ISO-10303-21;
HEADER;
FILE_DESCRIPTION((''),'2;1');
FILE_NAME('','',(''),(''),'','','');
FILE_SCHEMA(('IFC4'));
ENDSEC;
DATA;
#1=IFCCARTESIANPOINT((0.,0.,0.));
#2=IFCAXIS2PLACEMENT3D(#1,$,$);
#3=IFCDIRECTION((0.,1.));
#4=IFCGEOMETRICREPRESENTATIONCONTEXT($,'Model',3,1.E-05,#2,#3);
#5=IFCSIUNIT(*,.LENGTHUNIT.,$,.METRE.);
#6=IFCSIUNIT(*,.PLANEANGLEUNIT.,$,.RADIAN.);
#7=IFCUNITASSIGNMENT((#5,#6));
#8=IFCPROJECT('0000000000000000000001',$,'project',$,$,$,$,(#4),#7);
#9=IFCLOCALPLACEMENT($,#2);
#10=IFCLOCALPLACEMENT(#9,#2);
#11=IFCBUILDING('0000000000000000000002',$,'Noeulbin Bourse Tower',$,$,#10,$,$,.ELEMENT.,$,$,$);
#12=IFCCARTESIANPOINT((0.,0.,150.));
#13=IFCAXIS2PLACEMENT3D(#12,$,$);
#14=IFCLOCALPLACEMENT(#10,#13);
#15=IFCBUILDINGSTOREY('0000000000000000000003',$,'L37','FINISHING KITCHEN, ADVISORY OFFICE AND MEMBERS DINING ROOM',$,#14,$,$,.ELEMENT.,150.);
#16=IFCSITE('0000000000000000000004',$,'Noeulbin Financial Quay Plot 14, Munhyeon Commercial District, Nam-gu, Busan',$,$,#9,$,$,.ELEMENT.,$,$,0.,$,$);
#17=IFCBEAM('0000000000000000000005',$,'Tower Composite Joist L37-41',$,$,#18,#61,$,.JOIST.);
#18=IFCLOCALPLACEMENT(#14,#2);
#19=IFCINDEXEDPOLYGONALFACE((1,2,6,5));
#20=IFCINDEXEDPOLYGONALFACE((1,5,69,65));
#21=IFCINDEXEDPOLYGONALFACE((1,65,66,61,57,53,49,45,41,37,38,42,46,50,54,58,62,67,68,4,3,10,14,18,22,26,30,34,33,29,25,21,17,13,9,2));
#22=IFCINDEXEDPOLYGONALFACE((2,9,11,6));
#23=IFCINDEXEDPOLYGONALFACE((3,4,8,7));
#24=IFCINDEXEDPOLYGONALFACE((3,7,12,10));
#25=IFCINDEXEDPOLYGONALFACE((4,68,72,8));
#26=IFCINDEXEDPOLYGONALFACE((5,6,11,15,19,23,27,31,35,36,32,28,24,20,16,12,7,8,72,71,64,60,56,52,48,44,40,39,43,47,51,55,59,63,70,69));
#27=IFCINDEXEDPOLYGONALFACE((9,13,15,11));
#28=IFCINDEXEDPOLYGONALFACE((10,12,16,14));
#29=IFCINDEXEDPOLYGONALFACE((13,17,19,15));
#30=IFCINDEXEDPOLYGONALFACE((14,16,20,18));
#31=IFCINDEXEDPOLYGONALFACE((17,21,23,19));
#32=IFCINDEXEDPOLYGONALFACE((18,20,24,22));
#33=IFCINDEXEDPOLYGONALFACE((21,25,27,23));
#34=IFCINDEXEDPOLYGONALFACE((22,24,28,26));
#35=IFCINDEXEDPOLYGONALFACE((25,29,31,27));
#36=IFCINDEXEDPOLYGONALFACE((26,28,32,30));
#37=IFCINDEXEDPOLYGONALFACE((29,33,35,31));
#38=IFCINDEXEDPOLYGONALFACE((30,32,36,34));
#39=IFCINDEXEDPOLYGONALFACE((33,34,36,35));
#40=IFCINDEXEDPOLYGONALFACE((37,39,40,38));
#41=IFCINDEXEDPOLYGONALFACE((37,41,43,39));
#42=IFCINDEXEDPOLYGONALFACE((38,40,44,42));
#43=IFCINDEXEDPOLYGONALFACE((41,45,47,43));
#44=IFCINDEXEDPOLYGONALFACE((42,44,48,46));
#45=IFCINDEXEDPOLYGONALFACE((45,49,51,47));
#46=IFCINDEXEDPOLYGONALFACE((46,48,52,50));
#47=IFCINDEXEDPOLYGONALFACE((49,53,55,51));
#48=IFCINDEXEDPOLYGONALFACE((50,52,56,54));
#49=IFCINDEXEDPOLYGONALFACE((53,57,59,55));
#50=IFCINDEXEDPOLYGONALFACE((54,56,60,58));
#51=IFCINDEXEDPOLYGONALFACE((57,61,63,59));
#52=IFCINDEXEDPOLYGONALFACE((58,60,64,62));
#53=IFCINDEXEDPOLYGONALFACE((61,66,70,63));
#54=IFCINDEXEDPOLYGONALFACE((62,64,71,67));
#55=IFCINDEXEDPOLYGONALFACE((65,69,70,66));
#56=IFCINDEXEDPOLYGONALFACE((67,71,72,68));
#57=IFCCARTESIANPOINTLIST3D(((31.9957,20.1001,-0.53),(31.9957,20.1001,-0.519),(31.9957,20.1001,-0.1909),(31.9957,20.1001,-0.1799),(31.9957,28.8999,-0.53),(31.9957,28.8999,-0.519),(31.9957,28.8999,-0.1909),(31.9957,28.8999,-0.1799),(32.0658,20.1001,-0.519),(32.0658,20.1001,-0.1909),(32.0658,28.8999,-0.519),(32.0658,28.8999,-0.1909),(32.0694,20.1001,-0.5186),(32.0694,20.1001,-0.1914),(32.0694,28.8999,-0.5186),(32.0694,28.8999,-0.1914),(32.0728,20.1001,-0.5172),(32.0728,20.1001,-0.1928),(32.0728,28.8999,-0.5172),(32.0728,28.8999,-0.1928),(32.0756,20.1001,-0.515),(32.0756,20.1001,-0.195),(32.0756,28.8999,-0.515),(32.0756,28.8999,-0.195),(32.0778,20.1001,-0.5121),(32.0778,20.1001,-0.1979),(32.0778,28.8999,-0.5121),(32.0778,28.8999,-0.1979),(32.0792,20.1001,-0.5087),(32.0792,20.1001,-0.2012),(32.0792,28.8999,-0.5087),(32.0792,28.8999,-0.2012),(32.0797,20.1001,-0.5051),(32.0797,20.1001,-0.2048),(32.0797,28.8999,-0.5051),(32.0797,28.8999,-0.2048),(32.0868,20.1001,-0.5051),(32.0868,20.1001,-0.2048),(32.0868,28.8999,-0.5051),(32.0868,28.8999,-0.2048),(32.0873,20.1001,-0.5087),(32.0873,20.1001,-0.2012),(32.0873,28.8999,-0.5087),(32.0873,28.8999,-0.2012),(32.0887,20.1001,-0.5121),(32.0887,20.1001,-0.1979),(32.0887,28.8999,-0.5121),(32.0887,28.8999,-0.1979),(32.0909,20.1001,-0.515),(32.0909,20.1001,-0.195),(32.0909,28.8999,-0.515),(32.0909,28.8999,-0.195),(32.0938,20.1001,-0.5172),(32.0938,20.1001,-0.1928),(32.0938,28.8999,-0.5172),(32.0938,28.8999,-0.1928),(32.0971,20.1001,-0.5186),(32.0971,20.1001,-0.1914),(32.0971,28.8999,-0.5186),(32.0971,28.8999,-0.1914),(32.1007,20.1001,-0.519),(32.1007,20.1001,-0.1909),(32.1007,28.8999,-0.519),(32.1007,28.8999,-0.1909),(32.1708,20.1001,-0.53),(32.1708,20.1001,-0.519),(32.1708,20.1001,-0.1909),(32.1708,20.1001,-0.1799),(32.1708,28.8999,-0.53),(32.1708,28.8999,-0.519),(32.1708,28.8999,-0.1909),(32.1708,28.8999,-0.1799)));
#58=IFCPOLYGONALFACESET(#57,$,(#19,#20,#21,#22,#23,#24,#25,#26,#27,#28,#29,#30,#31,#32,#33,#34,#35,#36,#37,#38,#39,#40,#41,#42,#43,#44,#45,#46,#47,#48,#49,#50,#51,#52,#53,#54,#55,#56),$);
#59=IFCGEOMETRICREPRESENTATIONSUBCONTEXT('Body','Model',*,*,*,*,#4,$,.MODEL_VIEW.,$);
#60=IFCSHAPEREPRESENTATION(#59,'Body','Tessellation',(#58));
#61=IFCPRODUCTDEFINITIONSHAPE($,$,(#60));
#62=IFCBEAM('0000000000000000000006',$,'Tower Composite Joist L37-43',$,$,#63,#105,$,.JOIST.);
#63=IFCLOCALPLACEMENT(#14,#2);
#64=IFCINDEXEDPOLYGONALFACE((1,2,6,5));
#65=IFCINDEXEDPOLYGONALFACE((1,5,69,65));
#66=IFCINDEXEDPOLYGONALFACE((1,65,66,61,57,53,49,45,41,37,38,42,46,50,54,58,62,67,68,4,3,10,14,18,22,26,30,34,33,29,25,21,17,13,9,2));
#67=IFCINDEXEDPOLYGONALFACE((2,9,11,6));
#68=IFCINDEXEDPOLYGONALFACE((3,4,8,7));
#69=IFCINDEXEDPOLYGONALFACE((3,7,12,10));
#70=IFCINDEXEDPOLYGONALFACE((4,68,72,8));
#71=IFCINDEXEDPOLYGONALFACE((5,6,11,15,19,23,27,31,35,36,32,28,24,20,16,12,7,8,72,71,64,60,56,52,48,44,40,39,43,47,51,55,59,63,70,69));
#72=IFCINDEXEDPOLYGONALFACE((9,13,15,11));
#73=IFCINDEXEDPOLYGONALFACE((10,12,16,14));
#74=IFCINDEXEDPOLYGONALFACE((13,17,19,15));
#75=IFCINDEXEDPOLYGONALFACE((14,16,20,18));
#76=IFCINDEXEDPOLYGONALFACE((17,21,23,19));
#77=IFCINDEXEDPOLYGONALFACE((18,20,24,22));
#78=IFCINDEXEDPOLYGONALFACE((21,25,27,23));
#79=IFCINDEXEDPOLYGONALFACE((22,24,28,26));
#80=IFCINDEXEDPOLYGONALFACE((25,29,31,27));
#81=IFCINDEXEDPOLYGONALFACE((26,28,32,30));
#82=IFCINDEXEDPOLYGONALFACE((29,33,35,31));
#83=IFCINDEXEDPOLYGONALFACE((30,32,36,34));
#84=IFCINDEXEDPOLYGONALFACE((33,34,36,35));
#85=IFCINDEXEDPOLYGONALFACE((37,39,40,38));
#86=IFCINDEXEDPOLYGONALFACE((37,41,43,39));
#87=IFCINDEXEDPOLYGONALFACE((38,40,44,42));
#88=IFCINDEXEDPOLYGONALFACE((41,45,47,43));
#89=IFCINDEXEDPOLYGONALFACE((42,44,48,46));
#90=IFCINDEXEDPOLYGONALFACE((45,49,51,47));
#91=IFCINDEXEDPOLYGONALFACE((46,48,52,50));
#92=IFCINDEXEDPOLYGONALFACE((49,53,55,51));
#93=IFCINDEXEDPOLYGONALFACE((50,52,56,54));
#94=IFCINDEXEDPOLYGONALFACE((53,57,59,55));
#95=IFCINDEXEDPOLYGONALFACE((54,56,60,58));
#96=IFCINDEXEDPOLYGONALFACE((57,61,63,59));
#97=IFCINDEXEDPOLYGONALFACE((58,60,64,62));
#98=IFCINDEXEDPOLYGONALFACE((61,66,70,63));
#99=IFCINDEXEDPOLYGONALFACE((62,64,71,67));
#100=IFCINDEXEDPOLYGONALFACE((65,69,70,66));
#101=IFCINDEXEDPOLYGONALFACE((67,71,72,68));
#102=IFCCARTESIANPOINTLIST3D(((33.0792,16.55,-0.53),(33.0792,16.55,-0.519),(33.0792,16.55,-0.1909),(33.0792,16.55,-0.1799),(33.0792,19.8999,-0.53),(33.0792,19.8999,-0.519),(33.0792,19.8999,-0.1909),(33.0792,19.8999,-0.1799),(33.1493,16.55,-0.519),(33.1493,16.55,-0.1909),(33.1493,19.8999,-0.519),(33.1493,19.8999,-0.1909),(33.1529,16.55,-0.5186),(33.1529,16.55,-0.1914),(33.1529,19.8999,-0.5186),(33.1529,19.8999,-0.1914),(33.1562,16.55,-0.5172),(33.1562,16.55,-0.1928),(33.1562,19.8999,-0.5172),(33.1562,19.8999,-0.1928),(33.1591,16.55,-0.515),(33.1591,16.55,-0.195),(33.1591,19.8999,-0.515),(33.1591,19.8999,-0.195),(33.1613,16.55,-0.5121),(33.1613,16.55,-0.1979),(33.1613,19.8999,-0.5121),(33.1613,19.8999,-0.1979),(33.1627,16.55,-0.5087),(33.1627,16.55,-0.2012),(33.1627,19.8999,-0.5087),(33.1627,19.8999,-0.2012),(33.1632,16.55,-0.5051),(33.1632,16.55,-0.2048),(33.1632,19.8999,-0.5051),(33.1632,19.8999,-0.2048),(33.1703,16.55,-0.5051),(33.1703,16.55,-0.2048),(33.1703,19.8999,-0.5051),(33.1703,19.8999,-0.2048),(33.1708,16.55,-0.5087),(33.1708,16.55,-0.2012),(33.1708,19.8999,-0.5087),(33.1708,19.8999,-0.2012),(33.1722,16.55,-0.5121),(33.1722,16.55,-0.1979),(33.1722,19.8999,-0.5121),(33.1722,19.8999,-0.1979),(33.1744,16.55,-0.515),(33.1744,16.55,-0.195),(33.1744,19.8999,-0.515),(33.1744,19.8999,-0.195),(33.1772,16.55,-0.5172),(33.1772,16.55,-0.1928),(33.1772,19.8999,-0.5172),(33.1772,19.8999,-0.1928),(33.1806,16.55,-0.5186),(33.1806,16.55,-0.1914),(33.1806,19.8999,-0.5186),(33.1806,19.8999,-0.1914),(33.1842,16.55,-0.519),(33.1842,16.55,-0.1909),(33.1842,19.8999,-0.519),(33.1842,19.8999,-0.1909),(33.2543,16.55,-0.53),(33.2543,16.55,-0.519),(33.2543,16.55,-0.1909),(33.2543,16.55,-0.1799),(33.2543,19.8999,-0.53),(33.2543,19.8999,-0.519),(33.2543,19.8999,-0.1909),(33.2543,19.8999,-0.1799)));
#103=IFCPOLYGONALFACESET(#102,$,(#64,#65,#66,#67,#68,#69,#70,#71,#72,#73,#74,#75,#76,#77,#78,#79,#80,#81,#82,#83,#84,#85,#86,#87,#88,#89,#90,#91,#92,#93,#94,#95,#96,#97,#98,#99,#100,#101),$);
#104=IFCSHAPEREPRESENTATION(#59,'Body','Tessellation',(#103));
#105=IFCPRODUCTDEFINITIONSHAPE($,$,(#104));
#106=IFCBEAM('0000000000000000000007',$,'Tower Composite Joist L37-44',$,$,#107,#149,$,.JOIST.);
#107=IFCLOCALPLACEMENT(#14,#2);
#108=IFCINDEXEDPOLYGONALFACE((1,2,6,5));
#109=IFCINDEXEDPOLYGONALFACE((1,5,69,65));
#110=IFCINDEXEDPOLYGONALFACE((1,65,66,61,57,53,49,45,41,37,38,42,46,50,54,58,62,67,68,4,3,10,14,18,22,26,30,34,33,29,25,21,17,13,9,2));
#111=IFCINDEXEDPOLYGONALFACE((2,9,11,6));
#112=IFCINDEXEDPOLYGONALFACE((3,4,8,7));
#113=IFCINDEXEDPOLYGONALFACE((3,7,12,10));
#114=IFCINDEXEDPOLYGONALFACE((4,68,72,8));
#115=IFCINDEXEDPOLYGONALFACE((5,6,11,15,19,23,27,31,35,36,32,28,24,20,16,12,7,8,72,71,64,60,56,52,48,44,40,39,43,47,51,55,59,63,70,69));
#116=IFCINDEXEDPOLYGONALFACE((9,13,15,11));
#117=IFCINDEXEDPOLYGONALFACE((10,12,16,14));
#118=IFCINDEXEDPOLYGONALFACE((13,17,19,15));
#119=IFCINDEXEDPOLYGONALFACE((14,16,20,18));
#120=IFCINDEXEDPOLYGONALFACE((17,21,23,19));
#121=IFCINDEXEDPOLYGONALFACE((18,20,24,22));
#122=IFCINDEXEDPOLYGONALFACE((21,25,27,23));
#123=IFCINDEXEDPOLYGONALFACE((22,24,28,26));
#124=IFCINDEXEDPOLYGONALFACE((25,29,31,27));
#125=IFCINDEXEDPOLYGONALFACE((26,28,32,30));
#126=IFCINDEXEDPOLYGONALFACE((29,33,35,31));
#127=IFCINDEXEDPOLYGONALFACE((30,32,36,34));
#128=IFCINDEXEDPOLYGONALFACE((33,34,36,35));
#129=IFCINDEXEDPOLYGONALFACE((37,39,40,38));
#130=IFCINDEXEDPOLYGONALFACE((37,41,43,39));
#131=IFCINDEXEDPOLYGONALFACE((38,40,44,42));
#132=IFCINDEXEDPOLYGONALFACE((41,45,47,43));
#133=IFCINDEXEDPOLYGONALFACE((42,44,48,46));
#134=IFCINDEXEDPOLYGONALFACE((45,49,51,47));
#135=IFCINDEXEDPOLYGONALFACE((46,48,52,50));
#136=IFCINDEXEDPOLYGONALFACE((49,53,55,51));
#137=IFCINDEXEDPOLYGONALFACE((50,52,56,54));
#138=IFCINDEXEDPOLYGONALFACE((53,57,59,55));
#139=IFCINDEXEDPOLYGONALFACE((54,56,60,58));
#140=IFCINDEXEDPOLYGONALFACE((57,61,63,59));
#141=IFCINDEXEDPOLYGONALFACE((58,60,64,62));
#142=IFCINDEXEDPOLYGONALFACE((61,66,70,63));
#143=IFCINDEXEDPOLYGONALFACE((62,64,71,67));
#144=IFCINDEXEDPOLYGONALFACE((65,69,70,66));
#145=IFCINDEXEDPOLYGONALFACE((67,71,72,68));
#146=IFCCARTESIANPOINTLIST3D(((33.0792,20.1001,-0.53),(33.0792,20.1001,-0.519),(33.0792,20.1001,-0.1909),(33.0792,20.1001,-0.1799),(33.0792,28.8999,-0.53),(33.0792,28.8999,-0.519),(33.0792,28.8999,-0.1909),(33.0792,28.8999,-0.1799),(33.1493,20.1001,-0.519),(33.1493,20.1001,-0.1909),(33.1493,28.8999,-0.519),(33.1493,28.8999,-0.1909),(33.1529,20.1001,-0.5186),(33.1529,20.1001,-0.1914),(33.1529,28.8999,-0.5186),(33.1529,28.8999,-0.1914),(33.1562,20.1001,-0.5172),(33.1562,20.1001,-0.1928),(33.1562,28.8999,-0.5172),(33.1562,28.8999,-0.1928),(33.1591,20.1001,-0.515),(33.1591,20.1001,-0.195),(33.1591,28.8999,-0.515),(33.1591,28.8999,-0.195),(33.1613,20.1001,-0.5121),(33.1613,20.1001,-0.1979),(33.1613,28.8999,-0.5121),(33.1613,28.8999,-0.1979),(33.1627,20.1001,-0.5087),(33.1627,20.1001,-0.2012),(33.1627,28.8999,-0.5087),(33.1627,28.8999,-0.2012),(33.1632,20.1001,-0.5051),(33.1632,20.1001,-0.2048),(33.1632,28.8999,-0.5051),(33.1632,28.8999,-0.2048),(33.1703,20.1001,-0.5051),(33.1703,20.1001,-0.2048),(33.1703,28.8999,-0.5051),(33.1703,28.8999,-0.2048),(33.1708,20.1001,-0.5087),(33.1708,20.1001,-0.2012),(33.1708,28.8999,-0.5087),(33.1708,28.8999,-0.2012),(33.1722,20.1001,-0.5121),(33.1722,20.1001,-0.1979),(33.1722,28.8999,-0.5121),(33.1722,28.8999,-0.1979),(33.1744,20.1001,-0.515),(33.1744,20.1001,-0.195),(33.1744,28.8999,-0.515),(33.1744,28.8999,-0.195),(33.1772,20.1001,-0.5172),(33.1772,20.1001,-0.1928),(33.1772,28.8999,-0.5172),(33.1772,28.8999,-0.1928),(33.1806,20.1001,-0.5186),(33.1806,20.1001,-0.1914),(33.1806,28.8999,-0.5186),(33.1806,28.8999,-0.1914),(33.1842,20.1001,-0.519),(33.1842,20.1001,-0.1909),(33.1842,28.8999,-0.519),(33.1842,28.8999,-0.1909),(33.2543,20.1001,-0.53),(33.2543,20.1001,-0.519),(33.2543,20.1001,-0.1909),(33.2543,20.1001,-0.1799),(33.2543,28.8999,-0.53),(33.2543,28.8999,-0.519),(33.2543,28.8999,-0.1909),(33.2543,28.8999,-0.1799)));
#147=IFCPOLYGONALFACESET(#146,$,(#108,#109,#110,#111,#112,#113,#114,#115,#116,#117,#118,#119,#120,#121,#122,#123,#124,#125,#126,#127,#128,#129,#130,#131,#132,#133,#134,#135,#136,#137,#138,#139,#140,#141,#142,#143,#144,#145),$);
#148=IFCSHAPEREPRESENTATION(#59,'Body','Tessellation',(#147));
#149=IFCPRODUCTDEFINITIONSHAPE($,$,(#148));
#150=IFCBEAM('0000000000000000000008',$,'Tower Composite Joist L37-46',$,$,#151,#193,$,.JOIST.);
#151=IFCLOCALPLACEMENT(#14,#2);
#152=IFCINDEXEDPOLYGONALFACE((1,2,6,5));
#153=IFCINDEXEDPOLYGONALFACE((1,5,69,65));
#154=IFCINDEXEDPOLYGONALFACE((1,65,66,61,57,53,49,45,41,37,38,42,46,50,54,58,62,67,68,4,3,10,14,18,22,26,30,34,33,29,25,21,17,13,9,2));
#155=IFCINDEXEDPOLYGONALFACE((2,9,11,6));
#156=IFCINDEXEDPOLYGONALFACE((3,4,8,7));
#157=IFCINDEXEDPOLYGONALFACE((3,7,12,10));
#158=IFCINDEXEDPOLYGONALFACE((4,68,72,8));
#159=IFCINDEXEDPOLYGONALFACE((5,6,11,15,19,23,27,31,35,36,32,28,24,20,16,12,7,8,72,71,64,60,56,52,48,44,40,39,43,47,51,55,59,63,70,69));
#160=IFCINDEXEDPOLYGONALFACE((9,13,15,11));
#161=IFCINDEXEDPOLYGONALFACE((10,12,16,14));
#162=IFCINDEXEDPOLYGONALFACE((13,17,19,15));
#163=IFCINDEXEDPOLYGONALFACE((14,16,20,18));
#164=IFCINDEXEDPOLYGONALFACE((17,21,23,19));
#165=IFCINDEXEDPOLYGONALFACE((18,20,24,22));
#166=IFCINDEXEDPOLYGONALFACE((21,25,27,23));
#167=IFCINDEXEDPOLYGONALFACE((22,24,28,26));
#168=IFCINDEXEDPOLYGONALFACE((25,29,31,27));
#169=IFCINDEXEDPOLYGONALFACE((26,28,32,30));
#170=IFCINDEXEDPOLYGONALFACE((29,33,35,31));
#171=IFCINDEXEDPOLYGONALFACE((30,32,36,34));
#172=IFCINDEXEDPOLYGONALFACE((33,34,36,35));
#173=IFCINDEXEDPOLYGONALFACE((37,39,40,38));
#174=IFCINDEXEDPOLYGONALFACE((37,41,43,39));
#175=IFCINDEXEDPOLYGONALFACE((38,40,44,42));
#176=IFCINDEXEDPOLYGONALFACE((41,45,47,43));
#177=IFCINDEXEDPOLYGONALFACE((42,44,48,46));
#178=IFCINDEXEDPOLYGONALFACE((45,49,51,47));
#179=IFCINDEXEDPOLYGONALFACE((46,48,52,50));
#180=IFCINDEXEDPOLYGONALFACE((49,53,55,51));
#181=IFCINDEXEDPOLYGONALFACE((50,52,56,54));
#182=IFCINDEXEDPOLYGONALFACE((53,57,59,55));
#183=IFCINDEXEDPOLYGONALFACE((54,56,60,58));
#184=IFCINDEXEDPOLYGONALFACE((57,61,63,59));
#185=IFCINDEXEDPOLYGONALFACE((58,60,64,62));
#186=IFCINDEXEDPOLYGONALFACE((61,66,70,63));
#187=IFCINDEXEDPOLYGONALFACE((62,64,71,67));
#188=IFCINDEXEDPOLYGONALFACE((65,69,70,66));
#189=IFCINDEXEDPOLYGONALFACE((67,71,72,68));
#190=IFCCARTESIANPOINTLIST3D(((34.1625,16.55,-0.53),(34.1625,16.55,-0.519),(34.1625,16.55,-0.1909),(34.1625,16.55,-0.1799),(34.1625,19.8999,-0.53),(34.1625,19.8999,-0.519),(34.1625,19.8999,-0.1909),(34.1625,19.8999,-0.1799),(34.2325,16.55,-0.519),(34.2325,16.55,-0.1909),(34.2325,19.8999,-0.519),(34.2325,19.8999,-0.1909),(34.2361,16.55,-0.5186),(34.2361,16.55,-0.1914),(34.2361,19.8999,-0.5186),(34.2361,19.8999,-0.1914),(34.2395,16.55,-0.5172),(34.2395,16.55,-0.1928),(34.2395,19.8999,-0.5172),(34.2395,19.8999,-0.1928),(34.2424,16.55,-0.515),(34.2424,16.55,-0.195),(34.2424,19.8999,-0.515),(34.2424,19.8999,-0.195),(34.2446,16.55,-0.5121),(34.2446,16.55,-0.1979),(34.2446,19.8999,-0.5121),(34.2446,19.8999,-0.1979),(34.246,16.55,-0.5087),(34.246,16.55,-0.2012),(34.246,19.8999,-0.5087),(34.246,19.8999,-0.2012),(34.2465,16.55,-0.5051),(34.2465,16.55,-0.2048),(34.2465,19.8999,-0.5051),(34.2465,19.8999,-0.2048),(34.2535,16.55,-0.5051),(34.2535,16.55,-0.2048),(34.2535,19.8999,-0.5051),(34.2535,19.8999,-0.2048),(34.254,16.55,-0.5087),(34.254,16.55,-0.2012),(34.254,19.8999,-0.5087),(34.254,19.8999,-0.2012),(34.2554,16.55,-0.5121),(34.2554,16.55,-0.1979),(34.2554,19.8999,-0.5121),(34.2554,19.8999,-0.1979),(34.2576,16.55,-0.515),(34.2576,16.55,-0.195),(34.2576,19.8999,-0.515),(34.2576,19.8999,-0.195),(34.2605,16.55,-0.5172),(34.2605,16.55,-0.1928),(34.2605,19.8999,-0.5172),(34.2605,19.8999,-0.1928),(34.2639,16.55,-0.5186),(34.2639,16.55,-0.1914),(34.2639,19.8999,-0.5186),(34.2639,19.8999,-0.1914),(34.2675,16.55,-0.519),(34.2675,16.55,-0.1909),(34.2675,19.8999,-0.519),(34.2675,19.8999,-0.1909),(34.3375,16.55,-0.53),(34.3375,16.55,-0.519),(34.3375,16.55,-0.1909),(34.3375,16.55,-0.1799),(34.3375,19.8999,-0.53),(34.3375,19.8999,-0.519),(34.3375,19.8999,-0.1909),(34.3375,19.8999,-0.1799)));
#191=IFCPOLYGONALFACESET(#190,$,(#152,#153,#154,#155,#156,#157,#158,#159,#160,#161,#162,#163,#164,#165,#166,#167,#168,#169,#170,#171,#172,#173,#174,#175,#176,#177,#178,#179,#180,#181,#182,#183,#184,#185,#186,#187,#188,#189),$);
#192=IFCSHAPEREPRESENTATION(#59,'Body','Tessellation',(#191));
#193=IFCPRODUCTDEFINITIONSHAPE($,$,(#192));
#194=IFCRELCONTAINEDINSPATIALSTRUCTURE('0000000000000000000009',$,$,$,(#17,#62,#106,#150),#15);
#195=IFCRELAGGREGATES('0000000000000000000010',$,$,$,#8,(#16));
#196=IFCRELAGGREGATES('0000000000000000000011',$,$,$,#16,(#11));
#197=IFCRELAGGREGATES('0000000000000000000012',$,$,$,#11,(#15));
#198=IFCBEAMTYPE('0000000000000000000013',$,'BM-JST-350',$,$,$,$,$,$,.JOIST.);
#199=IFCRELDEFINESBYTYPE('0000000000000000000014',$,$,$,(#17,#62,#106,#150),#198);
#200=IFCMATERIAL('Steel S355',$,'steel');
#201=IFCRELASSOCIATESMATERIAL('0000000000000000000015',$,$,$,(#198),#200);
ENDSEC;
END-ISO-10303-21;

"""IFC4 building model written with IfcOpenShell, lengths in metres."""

from ifc_helpers import new_model, si_unit, direction, frame, origin, origin_2d, place, context, subcontext, project, spatial, i_section, extrude, material, material_profile, profile_set, type_object, element, save


model = new_model("IFC4")

# Units and contexts
model_context = context("Model", 3, precision=1e-05, world=origin(), true_north=direction((0.0, 1.0)))
body_context = subcontext(model_context, "Body", "Model", "MODEL_VIEW")
ifc_project = project(units=[si_unit("LENGTHUNIT", "METRE"), si_unit("PLANEANGLEUNIT", "RADIAN")], contexts=[model_context])

# Site, building, storey
site_placement = place(None, origin())
site = spatial("IfcSite", under=ifc_project, at=site_placement, Name="Noeulbin Financial Quay Plot 14, Munhyeon Commercial District, Nam-gu, Busan", CompositionType="ELEMENT", RefElevation=0.0)
building_placement = place(site_placement, origin())
building = spatial("IfcBuilding", under=site, at=building_placement, Name="Noeulbin Bourse Tower", CompositionType="ELEMENT")
storey_placement = place(building_placement, frame((0.0, 0.0, 150.0)))
storey = spatial("IfcBuildingStorey", under=building, at=storey_placement, Name="L37", Description="FINISHING KITCHEN, ADVISORY OFFICE AND MEMBERS DINING ROOM", CompositionType="ELEMENT", Elevation=150.0)

# Beams
ifc_material_1 = material(Name="Steel S355", Category="steel")
ifc_material_profile_1 = material_profile(ifc_material_1, i_section(OverallWidth=0.175, OverallDepth=0.3501, WebThickness=0.0071, FlangeThickness=0.011, FilletRadius=0.0139, at=origin_2d()), Name="H-350x175x7x11", Category="LoadBearing")
ifc_profile_set_1 = profile_set([ifc_material_profile_1], Name="Steel S355")
beam_type_1 = type_object("IfcBeamType", Name="BM-JST-350", PredefinedType="JOIST", material=ifc_profile_set_1)
beam_1_placement = place(storey_placement, frame((32.0833, 20.1001, -0.355), z_axis=(0.0, 1.0, 0.0), x_axis=(-1.0, 0.0, 0.0)))
element("IfcBeam", 1, at=beam_1_placement, inside=storey, type_object=beam_type_1, Name="Tower Composite Joist L37-41", PredefinedType="JOIST", context=body_context, shape_type="SweptSolid", body=[
    extrude(i_section(OverallWidth=0.175, OverallDepth=0.3501, WebThickness=0.0071, FlangeThickness=0.011, FilletRadius=0.0139, at=origin_2d()), origin(), (0.0, 0.0, 1.0), 8.7998),
])
beam_2_placement = place(storey_placement, frame((33.1667, 16.55, -0.355), z_axis=(0.0, 1.0, 0.0), x_axis=(-1.0, 0.0, 0.0)))
element("IfcBeam", 2, at=beam_2_placement, inside=storey, type_object=beam_type_1, Name="Tower Composite Joist L37-43", PredefinedType="JOIST", context=body_context, shape_type="SweptSolid", body=[
    extrude(i_section(OverallWidth=0.175, OverallDepth=0.3501, WebThickness=0.0071, FlangeThickness=0.011, FilletRadius=0.0139, at=origin_2d()), origin(), (0.0, 0.0, 1.0), 3.3499),
])
beam_3_placement = place(storey_placement, frame((33.1667, 20.1001, -0.355), z_axis=(0.0, 1.0, 0.0), x_axis=(-1.0, 0.0, 0.0)))
element("IfcBeam", 3, at=beam_3_placement, inside=storey, type_object=beam_type_1, Name="Tower Composite Joist L37-44", PredefinedType="JOIST", context=body_context, shape_type="SweptSolid", body=[
    extrude(i_section(OverallWidth=0.175, OverallDepth=0.3501, WebThickness=0.0071, FlangeThickness=0.011, FilletRadius=0.0139, at=origin_2d()), origin(), (0.0, 0.0, 1.0), 8.7998),
])
beam_4_placement = place(storey_placement, frame((34.25, 16.55, -0.355), z_axis=(0.0, 1.0, 0.0), x_axis=(-1.0, 0.0, 0.0)))
element("IfcBeam", 4, at=beam_4_placement, inside=storey, type_object=beam_type_1, Name="Tower Composite Joist L37-46", PredefinedType="JOIST", context=body_context, shape_type="SweptSolid", body=[
    extrude(i_section(OverallWidth=0.175, OverallDepth=0.3501, WebThickness=0.0071, FlangeThickness=0.011, FilletRadius=0.0139, at=origin_2d()), origin(), (0.0, 0.0, 1.0), 3.3499),
])

save(model, "model.ifc")
